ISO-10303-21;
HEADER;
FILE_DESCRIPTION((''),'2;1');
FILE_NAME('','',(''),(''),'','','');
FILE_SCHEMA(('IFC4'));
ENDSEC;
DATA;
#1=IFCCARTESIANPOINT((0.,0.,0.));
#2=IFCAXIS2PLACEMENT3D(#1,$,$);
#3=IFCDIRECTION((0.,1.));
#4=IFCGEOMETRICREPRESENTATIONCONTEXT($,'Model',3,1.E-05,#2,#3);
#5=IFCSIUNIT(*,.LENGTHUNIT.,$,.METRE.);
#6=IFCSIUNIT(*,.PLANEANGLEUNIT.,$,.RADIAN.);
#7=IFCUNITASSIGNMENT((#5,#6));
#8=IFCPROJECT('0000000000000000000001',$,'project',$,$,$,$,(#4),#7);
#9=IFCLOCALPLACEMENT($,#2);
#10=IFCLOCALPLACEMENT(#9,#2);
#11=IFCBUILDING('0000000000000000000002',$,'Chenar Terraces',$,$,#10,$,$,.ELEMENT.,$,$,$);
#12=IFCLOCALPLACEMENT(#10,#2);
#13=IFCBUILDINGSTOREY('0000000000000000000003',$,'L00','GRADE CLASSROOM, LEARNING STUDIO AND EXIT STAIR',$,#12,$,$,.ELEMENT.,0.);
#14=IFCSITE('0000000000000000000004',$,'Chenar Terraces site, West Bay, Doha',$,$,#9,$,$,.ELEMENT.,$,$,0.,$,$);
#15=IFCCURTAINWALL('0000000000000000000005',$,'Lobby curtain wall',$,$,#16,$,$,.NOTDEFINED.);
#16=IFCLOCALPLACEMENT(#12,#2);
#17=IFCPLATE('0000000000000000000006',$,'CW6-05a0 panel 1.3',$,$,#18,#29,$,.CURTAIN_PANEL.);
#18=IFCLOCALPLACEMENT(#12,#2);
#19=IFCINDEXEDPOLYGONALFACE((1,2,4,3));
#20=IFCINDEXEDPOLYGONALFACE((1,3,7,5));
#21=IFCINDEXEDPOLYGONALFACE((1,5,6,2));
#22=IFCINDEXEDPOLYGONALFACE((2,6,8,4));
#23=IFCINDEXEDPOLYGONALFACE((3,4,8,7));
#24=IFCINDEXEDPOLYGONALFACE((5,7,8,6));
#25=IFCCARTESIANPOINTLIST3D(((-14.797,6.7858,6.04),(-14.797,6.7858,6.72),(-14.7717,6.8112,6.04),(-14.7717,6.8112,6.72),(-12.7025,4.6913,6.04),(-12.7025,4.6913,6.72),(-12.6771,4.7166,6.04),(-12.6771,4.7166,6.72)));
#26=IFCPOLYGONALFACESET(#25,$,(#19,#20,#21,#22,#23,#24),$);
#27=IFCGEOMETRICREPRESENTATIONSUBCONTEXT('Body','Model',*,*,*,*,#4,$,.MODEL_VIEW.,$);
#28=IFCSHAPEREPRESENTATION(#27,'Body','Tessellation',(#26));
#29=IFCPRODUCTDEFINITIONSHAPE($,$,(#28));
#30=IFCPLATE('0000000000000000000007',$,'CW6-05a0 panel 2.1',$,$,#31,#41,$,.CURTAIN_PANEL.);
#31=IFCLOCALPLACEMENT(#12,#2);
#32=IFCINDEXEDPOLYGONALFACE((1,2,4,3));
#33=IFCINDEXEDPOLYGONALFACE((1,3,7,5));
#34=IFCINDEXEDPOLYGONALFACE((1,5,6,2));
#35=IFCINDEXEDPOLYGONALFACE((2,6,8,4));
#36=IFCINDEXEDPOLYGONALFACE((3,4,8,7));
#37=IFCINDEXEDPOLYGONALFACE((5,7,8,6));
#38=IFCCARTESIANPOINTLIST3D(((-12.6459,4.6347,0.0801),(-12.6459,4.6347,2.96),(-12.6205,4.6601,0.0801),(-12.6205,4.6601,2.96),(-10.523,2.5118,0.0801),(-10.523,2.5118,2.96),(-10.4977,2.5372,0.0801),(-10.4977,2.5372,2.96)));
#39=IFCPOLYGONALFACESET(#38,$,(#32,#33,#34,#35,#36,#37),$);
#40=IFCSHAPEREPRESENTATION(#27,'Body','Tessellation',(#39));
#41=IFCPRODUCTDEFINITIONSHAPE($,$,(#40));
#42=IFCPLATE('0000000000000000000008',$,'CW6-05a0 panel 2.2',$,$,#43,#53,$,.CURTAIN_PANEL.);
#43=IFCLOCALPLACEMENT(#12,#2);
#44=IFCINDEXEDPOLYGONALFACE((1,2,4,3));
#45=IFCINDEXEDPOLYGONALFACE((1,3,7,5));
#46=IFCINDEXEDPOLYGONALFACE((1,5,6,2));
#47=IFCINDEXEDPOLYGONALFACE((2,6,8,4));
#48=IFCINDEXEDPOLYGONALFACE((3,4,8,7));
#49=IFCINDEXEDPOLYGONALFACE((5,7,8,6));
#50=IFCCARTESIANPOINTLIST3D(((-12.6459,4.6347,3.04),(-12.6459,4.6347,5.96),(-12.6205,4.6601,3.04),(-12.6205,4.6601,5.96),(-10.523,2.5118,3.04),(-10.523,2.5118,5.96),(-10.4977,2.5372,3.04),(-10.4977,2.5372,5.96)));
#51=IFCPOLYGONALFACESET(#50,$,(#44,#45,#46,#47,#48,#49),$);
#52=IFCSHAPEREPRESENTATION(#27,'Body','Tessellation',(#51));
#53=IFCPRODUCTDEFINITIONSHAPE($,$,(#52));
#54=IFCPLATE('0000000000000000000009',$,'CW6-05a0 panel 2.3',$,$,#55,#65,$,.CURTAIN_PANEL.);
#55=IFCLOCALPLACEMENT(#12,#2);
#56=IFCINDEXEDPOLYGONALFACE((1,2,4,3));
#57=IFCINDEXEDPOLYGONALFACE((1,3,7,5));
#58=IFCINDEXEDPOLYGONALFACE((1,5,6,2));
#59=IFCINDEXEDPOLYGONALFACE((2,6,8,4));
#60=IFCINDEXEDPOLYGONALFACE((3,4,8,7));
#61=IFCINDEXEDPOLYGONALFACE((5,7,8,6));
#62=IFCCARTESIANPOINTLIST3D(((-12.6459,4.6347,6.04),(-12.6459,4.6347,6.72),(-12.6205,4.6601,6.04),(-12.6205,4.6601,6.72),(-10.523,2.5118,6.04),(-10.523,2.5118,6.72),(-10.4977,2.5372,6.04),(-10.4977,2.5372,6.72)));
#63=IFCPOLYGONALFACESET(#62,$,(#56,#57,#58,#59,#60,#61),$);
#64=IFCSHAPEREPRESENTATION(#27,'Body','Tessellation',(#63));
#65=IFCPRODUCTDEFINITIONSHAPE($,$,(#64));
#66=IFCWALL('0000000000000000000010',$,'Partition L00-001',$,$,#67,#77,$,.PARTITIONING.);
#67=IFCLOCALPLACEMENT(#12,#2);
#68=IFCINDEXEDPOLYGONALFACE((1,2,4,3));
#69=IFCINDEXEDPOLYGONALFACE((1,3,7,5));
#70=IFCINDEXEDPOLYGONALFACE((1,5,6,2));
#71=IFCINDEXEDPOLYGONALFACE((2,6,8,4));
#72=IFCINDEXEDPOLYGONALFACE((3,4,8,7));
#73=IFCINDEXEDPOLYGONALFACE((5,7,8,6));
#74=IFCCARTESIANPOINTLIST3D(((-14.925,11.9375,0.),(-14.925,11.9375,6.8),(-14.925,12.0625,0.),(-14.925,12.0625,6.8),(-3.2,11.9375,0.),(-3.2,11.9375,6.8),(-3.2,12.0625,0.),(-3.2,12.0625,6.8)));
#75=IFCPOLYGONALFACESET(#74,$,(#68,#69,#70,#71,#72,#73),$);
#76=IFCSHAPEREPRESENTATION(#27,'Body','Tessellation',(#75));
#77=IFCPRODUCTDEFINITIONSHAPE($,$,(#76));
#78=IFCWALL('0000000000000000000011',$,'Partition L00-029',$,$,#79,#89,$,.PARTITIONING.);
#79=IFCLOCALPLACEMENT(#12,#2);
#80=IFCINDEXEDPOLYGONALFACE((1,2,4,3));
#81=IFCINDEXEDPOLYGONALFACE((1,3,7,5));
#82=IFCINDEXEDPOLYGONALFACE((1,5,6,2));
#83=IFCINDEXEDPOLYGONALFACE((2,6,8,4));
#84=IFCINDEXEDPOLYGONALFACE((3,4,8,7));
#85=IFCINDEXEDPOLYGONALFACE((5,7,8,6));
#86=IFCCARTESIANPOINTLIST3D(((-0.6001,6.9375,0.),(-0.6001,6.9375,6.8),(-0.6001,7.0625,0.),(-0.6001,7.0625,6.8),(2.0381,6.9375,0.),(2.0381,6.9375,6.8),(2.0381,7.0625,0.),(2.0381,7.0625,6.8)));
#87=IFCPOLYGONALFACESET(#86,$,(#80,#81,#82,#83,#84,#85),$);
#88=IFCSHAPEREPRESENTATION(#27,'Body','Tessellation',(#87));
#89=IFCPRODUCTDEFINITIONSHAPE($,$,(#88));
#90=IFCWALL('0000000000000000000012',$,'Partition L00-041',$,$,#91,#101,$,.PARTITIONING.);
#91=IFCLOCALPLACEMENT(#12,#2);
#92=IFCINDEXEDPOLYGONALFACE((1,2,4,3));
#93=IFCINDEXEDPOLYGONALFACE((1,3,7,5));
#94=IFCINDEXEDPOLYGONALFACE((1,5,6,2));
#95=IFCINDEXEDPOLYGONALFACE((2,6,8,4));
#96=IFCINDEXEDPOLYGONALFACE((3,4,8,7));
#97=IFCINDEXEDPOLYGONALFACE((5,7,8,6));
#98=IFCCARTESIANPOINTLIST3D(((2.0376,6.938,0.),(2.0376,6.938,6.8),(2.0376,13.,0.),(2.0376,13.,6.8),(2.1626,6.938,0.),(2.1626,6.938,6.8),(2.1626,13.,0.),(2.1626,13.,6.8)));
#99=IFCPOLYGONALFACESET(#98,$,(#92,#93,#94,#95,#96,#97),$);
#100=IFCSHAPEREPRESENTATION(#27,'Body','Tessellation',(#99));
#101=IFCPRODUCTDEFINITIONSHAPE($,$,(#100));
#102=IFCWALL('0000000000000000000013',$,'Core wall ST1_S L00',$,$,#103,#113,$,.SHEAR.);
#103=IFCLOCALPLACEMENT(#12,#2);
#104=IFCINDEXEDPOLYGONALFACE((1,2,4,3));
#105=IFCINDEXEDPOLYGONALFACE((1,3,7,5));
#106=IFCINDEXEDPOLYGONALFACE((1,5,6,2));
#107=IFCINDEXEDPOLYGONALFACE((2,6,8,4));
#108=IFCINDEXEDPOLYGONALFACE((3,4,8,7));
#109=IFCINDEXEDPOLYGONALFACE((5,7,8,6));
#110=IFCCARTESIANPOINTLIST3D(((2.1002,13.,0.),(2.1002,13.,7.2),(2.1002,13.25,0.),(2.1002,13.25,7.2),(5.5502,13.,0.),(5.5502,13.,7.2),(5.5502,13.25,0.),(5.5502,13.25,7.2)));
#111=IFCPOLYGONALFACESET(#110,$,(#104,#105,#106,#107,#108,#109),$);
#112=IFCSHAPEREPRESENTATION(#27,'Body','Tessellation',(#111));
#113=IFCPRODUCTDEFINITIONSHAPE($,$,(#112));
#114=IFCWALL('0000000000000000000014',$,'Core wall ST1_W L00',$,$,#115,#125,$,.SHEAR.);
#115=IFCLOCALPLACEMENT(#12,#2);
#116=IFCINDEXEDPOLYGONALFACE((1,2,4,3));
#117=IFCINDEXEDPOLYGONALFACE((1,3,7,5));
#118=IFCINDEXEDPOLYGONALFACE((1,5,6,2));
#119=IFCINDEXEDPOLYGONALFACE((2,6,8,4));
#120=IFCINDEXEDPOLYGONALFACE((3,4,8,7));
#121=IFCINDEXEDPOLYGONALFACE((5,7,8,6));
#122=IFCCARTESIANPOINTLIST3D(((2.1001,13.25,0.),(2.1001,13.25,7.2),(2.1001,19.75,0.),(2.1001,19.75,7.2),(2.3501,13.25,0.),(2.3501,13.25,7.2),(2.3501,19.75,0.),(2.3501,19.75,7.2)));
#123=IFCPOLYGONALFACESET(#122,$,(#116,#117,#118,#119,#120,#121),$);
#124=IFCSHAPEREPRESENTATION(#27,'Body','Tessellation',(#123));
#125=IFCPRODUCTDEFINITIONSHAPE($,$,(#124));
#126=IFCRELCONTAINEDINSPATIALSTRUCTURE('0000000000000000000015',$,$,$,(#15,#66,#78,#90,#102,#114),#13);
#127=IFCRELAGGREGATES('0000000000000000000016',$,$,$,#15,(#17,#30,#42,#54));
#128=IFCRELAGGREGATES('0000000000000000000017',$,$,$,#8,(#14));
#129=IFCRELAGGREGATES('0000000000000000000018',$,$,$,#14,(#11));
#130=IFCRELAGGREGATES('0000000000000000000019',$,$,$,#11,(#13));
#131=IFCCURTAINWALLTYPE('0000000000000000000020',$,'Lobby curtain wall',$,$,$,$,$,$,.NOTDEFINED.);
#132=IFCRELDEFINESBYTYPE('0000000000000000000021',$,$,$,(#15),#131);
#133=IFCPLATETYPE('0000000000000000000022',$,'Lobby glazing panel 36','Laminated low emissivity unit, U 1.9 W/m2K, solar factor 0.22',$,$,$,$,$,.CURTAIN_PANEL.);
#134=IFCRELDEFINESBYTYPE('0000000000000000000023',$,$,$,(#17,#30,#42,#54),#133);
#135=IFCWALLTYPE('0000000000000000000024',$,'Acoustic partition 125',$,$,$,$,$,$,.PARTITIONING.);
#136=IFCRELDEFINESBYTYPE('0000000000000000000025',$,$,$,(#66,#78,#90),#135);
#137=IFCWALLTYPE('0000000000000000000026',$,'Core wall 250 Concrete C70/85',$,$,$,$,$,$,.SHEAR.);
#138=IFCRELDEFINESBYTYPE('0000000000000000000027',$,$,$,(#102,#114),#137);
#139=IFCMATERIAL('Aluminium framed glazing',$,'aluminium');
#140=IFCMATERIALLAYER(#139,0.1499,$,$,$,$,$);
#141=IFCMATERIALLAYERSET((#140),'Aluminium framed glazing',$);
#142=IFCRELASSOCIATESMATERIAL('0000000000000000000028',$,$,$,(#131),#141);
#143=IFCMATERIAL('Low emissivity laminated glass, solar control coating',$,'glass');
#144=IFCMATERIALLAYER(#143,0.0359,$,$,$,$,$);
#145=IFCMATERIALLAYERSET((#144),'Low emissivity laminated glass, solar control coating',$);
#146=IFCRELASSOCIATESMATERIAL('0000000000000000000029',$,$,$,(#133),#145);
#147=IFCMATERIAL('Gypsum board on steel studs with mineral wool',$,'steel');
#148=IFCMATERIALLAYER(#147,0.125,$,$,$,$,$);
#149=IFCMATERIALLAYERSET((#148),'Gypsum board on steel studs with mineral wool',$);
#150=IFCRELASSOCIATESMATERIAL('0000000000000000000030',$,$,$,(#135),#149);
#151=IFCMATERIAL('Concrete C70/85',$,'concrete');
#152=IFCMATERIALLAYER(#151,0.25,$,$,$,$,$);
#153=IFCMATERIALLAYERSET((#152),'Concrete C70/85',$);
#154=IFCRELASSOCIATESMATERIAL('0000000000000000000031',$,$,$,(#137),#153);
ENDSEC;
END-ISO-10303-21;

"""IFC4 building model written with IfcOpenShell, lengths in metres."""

from ifc_helpers import new_model, si_unit, direction, frame, frame_2d, origin, origin_2d, place, context, subcontext, project, spatial, rectangle, extrude, material, layer, layer_set, type_object, element, aggregate, save


model = new_model("IFC4")

# Units and contexts
model_context = context("Model", 3, precision=1e-05, world=origin(), true_north=direction((0.0, 1.0)))
body_context = subcontext(model_context, "Body", "Model", "MODEL_VIEW")
ifc_project = project(units=[si_unit("LENGTHUNIT", "METRE"), si_unit("PLANEANGLEUNIT", "RADIAN")], contexts=[model_context])

# Site, building, storey
site_placement = place(None, origin())
site = spatial("IfcSite", under=ifc_project, at=site_placement, Name="Chenar Terraces site, West Bay, Doha", CompositionType="ELEMENT", RefElevation=0.0)
building_placement = place(site_placement, origin())
building = spatial("IfcBuilding", under=site, at=building_placement, Name="Chenar Terraces", CompositionType="ELEMENT")
storey_placement = place(building_placement, origin())
storey = spatial("IfcBuildingStorey", under=building, at=storey_placement, Name="L00", Description="GRADE CLASSROOM, LEARNING STUDIO AND EXIT STAIR", CompositionType="ELEMENT", Elevation=0.0)

# Curtain wall
ifc_material_1 = material(Name="Aluminium framed glazing", Category="aluminium")
ifc_layer_1 = layer(ifc_material_1, 0.1499)
ifc_layer_set_1 = layer_set([ifc_layer_1], Name="Aluminium framed glazing")
curtain_wall_type = type_object("IfcCurtainWallType", Name="Lobby curtain wall", PredefinedType="NOTDEFINED", material=ifc_layer_set_1)
placement = place(storey_placement, origin())
curtain_wall_1 = element("IfcCurtainWall", 1, at=placement, inside=storey, type_object=curtain_wall_type, Name="Lobby curtain wall", PredefinedType="NOTDEFINED")

# Plates
ifc_material_2 = material(Name="Low emissivity laminated glass, solar control coating", Category="glass")
ifc_layer_2 = layer(ifc_material_2, 0.0359)
ifc_layer_set_2 = layer_set([ifc_layer_2], Name="Low emissivity laminated glass, solar control coating")
plate_type = type_object("IfcPlateType", Name="Lobby glazing panel 36", Description="Laminated low emissivity unit, U 1.9 W/m2K, solar factor 0.22", PredefinedType="CURTAIN_PANEL", material=ifc_layer_set_2)
plate_1_placement = place(storey_placement, frame((-13.7371, 5.7512, 6.04), z_axis=(0.0, 0.0, 1.0), x_axis=(0.707107, -0.707107, 0.0)))
plate_1 = element("IfcPlate", 2, at=plate_1_placement, type_object=plate_type, Name="CW6-05a0 panel 1.3", PredefinedType="CURTAIN_PANEL", context=body_context, shape_type="SweptSolid", body=[
    extrude(rectangle(XDim=2.9622, YDim=0.0359, at=origin_2d()), origin(), (0.0, 0.0, 1.0), 0.6799),
])
plate_2_placement = place(storey_placement, frame((-11.5718, 3.5859, 0.0801), z_axis=(0.0, 0.0, 1.0), x_axis=(0.707107, -0.707107, 0.0)))
plate_2 = element("IfcPlate", 3, at=plate_2_placement, type_object=plate_type, Name="CW6-05a0 panel 2.1", PredefinedType="CURTAIN_PANEL", context=body_context, shape_type="SweptSolid", body=[
    extrude(rectangle(XDim=3.0022, YDim=0.0359, at=origin_2d()), origin(), (0.0, 0.0, 1.0), 2.8799),
])
plate_3_placement = place(storey_placement, frame((-11.5718, 3.5859, 3.04), z_axis=(0.0, 0.0, 1.0), x_axis=(0.707107, -0.707107, 0.0)))
plate_3 = element("IfcPlate", 4, at=plate_3_placement, type_object=plate_type, Name="CW6-05a0 panel 2.2", PredefinedType="CURTAIN_PANEL", context=body_context, shape_type="SweptSolid", body=[
    extrude(rectangle(XDim=3.0022, YDim=0.0359, at=origin_2d()), origin(), (0.0, 0.0, 1.0), 2.9199),
])
plate_4_placement = place(storey_placement, frame((-11.5718, 3.5859, 6.04), z_axis=(0.0, 0.0, 1.0), x_axis=(0.707107, -0.707107, 0.0)))
plate_4 = element("IfcPlate", 5, at=plate_4_placement, type_object=plate_type, Name="CW6-05a0 panel 2.3", PredefinedType="CURTAIN_PANEL", context=body_context, shape_type="SweptSolid", body=[
    extrude(rectangle(XDim=3.0022, YDim=0.0359, at=origin_2d()), origin(), (0.0, 0.0, 1.0), 0.6799),
])
aggregate(curtain_wall_1, [plate_1, plate_2, plate_3, plate_4])

# Walls
ifc_material_3 = material(Name="Gypsum board on steel studs with mineral wool", Category="steel")
ifc_layer_3 = layer(ifc_material_3, 0.125)
ifc_layer_set_3 = layer_set([ifc_layer_3], Name="Gypsum board on steel studs with mineral wool")
wall_type_1 = type_object("IfcWallType", Name="Acoustic partition 125", PredefinedType="PARTITIONING", material=ifc_layer_set_3)
wall_1_placement = place(storey_placement, frame((-14.925, 12.0, 0.0), z_axis=(0.0, 0.0, 1.0), x_axis=(1.0, 0.0, 0.0)))
element("IfcWall", 6, at=wall_1_placement, inside=storey, type_object=wall_type_1, Name="Partition L00-001", PredefinedType="PARTITIONING", context=body_context, shape_type="SweptSolid", body=[
    extrude(rectangle(XDim=11.7251, YDim=0.125, at=frame_2d((5.8625, 0.0))), origin(), (0.0, 0.0, 1.0), 6.8),
])
wall_2_placement = place(storey_placement, frame((-0.6001, 7.0, 0.0), z_axis=(0.0, 0.0, 1.0), x_axis=(1.0, 0.0, 0.0)))
element("IfcWall", 7, at=wall_2_placement, inside=storey, type_object=wall_type_1, Name="Partition L00-029", PredefinedType="PARTITIONING", context=body_context, shape_type="SweptSolid", body=[
    extrude(rectangle(XDim=2.6382, YDim=0.125, at=frame_2d((1.3191, 0.0))), origin(), (0.0, 0.0, 1.0), 6.8),
])
wall_3_placement = place(storey_placement, frame((2.1001, 6.938, 0.0), z_axis=(0.0, 0.0, 1.0), x_axis=(0.0, 1.0, 0.0)))
element("IfcWall", 8, at=wall_3_placement, inside=storey, type_object=wall_type_1, Name="Partition L00-041", PredefinedType="PARTITIONING", context=body_context, shape_type="SweptSolid", body=[
    extrude(rectangle(XDim=6.062, YDim=0.125, at=frame_2d((3.031, 0.0))), origin(), (0.0, 0.0, 1.0), 6.8),
])
ifc_material_4 = material(Name="Concrete C70/85", Category="concrete")
ifc_layer_4 = layer(ifc_material_4, 0.25)
ifc_layer_set_4 = layer_set([ifc_layer_4], Name="Concrete C70/85")
wall_type_2 = type_object("IfcWallType", Name="Core wall 250 Concrete C70/85", PredefinedType="SHEAR", material=ifc_layer_set_4)
wall_4_placement = place(storey_placement, frame((2.1001, 13.125, 0.0), z_axis=(0.0, 0.0, 1.0), x_axis=(1.0, 0.0, 0.0)))
element("IfcWall", 9, at=wall_4_placement, inside=storey, type_object=wall_type_2, Name="Core wall ST1_S L00", PredefinedType="SHEAR", context=body_context, shape_type="SweptSolid", body=[
    extrude(rectangle(XDim=3.45, YDim=0.25, at=frame_2d((1.7251, 0.0))), origin(), (0.0, 0.0, 1.0), 7.2),
])
wall_5_placement = place(storey_placement, frame((2.2251, 13.25, 0.0), z_axis=(0.0, 0.0, 1.0), x_axis=(0.0, 1.0, 0.0)))
element("IfcWall", 10, at=wall_5_placement, inside=storey, type_object=wall_type_2, Name="Core wall ST1_W L00", PredefinedType="SHEAR", context=body_context, shape_type="SweptSolid", body=[
    extrude(rectangle(XDim=6.5, YDim=0.25, at=frame_2d((3.25, 0.0))), origin(), (0.0, 0.0, 1.0), 7.2),
])

save(model, "model.ifc")
